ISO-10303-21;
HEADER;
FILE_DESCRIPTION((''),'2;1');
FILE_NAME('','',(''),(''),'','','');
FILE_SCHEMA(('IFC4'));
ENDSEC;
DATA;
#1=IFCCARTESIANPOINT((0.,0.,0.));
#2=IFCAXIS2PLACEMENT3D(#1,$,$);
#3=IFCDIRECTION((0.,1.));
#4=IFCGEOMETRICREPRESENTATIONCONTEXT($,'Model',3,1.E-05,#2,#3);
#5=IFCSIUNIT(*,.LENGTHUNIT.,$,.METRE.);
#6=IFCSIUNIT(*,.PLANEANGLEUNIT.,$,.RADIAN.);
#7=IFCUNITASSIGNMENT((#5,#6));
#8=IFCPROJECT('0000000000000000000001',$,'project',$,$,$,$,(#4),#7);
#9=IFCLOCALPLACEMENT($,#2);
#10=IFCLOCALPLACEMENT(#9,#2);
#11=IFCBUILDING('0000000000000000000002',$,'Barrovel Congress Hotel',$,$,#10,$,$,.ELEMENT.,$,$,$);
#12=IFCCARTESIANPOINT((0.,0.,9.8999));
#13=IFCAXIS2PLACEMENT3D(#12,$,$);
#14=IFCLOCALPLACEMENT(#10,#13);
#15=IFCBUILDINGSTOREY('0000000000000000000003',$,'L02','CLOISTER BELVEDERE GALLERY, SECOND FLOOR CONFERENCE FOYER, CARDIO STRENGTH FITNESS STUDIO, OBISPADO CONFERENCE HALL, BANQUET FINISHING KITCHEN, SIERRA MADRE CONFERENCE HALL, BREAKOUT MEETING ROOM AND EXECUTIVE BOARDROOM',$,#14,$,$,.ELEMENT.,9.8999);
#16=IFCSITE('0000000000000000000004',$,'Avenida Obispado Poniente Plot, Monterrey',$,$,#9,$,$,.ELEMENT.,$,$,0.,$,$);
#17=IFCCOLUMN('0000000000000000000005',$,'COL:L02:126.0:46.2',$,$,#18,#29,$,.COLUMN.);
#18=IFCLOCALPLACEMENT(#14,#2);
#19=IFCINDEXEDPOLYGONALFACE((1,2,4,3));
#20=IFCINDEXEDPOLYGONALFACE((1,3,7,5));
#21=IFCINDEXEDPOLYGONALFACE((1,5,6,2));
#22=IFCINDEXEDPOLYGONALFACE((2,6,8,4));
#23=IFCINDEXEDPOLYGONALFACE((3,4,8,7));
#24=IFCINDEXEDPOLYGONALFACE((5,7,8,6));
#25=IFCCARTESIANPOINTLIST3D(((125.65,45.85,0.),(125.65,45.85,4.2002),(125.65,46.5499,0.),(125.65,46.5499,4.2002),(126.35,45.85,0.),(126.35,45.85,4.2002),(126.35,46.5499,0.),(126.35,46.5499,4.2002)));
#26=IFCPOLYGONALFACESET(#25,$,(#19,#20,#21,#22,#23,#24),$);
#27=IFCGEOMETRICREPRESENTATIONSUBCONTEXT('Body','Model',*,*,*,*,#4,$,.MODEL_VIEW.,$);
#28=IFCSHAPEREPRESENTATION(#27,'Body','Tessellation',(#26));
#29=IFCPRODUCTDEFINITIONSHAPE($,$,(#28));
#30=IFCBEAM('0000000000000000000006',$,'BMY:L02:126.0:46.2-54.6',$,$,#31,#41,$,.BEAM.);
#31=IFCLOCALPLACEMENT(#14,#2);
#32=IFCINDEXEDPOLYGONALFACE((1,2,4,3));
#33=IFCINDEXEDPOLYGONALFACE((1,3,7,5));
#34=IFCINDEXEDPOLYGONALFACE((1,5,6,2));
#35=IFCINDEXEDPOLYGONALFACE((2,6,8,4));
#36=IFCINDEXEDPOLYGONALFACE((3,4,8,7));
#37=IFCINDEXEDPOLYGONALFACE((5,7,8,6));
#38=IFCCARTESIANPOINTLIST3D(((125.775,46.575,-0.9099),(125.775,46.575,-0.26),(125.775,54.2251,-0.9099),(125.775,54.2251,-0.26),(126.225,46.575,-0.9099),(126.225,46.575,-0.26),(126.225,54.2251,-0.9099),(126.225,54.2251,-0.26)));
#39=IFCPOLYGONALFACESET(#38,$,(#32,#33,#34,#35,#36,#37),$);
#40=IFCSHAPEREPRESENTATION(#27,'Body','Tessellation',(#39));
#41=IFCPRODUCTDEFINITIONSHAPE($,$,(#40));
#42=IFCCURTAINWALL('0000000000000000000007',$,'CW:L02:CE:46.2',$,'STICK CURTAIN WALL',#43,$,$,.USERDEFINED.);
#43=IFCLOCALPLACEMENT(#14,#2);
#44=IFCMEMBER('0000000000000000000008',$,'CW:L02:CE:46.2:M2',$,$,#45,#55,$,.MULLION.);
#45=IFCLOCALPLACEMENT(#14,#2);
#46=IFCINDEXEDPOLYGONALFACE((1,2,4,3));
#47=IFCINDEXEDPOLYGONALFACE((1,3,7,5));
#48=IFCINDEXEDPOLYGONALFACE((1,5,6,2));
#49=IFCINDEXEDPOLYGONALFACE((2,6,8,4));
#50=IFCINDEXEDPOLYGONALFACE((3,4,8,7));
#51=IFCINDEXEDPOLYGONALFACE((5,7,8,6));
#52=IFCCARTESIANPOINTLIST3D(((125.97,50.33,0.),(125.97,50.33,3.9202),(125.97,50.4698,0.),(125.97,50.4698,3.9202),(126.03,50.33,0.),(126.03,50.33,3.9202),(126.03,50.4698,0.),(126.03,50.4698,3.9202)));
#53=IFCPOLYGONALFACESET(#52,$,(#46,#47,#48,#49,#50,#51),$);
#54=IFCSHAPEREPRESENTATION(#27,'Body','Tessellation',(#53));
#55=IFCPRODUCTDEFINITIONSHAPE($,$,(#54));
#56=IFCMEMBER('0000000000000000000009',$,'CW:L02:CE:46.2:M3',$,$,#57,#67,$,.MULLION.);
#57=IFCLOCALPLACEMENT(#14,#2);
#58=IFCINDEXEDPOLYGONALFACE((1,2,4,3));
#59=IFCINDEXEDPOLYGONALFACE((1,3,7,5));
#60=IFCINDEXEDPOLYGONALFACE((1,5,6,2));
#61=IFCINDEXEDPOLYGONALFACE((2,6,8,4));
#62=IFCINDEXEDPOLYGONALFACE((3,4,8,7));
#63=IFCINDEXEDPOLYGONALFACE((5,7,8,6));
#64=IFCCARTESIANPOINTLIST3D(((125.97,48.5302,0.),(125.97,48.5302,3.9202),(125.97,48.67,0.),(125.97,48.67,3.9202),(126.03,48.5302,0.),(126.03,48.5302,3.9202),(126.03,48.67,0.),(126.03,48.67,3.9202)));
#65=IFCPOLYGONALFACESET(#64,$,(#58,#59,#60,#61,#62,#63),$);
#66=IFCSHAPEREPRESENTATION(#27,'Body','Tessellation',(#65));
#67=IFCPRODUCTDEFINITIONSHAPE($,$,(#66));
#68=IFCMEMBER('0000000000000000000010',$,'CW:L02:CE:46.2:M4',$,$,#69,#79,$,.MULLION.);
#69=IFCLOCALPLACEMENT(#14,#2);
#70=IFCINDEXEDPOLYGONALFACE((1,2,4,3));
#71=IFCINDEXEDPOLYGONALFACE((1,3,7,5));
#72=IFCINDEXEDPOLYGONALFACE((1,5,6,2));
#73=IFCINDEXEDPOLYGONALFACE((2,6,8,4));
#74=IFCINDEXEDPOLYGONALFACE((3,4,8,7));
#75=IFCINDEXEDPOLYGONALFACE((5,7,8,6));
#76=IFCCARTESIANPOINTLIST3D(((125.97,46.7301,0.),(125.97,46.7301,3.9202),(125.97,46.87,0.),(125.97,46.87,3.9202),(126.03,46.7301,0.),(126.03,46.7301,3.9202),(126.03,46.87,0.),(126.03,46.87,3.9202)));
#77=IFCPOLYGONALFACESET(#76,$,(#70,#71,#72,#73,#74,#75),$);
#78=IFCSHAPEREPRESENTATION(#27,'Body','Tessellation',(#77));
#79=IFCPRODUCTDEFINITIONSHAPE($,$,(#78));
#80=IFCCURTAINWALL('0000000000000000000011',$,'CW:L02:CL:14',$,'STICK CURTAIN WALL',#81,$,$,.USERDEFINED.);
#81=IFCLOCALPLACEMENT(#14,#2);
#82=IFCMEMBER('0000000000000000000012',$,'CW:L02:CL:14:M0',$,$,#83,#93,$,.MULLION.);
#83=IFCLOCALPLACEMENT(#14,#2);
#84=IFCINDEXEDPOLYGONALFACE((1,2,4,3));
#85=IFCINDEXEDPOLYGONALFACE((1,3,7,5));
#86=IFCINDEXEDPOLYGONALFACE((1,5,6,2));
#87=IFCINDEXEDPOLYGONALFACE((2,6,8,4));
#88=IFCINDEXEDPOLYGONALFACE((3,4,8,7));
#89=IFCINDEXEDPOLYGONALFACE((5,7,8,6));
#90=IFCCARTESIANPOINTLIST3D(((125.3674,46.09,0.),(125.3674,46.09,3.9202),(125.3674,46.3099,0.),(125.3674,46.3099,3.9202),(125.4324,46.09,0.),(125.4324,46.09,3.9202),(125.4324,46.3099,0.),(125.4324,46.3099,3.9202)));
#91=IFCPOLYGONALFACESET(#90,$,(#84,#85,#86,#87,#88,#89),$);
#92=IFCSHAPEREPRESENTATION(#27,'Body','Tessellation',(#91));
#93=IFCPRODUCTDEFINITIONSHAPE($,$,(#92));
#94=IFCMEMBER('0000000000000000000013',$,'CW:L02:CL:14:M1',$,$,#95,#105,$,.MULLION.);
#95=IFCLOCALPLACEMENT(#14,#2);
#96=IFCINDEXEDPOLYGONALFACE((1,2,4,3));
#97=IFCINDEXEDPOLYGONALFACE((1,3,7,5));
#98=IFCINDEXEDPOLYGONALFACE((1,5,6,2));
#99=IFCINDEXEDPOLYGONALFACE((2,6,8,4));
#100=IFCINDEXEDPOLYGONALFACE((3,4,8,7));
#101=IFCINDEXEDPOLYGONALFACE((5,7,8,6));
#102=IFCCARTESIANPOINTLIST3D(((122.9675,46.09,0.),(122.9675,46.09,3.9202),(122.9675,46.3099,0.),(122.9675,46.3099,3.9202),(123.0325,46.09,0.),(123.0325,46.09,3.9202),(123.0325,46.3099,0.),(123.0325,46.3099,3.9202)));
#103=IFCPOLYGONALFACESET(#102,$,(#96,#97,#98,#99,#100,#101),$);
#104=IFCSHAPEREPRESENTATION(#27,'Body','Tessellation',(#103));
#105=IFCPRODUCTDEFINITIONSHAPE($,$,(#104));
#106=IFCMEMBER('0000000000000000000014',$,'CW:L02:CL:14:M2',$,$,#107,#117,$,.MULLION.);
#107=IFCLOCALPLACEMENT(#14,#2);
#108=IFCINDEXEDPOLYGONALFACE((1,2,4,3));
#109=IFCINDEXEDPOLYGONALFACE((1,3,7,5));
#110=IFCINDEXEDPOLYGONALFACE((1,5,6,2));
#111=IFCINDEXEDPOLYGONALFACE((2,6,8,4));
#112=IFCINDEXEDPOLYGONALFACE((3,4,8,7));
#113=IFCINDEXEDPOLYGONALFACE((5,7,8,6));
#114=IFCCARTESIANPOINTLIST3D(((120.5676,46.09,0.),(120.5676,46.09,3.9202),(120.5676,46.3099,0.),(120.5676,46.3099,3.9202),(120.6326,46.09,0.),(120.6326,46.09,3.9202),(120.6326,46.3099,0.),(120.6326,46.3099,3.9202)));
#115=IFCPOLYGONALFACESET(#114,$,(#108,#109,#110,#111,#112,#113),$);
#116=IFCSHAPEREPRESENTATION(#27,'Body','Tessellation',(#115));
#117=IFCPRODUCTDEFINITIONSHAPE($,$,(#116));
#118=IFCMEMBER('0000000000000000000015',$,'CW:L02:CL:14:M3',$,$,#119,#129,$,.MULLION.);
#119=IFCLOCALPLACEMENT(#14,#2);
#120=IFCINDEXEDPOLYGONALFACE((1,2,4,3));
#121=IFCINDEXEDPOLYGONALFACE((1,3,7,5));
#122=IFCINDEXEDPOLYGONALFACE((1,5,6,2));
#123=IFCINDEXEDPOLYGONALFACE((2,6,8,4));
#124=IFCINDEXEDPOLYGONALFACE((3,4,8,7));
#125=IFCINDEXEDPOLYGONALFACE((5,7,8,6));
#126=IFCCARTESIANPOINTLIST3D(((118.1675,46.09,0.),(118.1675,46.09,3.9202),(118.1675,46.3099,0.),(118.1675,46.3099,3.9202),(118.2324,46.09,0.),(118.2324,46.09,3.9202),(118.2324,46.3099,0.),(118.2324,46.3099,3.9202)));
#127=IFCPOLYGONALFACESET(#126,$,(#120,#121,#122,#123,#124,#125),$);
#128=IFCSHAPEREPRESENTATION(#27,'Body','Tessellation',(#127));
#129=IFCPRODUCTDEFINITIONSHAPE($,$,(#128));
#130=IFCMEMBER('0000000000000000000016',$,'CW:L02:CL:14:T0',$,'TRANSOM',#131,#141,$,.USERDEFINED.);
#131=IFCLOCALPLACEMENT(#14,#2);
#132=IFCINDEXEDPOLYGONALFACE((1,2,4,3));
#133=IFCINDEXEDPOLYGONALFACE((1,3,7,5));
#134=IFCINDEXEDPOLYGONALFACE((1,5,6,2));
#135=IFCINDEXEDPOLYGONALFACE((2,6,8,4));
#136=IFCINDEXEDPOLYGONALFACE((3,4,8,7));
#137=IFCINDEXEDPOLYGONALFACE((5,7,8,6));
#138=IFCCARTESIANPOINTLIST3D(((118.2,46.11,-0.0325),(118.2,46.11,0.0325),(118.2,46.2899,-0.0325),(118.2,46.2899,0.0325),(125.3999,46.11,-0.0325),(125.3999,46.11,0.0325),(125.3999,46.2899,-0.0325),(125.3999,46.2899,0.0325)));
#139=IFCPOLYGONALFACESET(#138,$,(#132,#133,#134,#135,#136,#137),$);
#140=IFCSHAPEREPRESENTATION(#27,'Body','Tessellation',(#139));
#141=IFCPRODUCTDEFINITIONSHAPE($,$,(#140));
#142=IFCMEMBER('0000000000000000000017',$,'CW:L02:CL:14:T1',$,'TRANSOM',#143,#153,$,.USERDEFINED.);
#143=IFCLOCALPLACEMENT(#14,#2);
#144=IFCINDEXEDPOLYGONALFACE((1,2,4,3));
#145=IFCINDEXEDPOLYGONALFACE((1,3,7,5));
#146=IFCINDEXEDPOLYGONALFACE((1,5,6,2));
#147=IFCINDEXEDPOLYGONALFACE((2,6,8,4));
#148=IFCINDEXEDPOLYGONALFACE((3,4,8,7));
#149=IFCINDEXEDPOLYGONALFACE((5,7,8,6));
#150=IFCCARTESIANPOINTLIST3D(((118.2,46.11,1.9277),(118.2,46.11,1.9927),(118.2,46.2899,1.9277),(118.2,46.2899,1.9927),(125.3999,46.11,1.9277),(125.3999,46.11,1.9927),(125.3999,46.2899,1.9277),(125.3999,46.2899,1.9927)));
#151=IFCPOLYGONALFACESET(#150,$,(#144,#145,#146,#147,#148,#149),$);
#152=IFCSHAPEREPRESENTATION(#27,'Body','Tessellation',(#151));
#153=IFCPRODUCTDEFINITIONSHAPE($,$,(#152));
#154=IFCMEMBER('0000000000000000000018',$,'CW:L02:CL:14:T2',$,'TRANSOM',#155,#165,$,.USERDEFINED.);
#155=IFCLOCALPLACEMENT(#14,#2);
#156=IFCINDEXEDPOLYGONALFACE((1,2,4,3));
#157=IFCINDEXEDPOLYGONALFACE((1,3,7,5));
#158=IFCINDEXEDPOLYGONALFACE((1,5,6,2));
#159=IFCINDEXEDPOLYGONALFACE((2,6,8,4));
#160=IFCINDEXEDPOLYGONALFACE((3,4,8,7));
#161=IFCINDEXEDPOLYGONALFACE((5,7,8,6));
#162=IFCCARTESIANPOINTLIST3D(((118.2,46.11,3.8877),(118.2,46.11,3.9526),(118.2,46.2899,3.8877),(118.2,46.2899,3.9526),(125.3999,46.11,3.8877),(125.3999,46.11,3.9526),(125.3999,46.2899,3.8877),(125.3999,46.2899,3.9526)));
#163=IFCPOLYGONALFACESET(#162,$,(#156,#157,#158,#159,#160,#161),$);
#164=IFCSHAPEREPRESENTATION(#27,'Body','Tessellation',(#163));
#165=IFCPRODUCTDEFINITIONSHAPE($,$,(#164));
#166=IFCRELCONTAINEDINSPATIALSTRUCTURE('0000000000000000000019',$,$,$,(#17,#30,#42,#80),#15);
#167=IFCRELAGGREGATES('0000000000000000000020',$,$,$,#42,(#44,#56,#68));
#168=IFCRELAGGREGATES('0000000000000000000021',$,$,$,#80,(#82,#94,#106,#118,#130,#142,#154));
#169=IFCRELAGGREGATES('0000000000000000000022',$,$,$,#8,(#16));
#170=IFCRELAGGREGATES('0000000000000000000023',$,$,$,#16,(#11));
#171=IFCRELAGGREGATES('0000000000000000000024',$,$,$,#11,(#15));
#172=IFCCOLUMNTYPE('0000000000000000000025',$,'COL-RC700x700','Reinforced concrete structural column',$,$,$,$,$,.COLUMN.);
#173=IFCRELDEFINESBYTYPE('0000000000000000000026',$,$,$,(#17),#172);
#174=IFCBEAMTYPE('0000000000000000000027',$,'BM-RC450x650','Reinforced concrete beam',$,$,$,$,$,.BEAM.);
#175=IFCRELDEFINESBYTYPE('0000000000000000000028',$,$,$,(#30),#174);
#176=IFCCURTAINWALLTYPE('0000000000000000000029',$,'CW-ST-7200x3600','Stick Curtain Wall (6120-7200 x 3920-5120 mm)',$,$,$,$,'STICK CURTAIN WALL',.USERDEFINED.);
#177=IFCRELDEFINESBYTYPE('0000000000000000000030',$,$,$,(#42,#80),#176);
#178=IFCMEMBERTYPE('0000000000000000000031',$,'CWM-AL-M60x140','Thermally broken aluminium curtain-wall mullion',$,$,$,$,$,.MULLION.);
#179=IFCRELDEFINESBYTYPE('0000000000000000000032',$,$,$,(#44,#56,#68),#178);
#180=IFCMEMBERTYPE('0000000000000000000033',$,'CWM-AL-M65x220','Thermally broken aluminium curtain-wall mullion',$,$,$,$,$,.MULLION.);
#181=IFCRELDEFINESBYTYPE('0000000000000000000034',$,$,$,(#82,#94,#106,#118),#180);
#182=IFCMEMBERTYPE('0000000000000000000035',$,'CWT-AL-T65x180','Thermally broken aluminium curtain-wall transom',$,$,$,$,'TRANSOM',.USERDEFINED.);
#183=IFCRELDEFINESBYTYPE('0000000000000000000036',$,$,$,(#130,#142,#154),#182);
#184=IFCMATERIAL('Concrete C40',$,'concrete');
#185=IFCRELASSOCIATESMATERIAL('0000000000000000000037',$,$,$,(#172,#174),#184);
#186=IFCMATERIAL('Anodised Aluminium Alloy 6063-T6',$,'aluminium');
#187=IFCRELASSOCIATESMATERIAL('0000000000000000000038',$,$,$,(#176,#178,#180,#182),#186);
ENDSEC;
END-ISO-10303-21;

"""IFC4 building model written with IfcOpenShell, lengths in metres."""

from ifc_helpers import new_model, si_unit, direction, frame, origin, origin_2d, place, context, subcontext, project, spatial, rectangle, extrude, material, material_profile, profile_set, type_object, element, aggregate, save


model = new_model("IFC4")

# Units and contexts
model_context = context("Model", 3, precision=1e-05, world=origin(), true_north=direction((0.0, 1.0)))
body_context = subcontext(model_context, "Body", "Model", "MODEL_VIEW")
ifc_project = project(units=[si_unit("LENGTHUNIT", "METRE"), si_unit("PLANEANGLEUNIT", "RADIAN")], contexts=[model_context])

# Site, building, storey
site_placement = place(None, origin())
site = spatial("IfcSite", under=ifc_project, at=site_placement, Name="Avenida Obispado Poniente Plot, Monterrey", CompositionType="ELEMENT", RefElevation=0.0)
building_placement = place(site_placement, origin())
building = spatial("IfcBuilding", under=site, at=building_placement, Name="Barrovel Congress Hotel", CompositionType="ELEMENT")
storey_placement = place(building_placement, frame((0.0, 0.0, 9.8999)))
storey = spatial("IfcBuildingStorey", under=building, at=storey_placement, Name="L02", Description="CLOISTER BELVEDERE GALLERY, SECOND FLOOR CONFERENCE FOYER, CARDIO STRENGTH FITNESS STUDIO, OBISPADO CONFERENCE HALL, BANQUET FINISHING KITCHEN, SIERRA MADRE CONFERENCE HALL, BREAKOUT MEETING ROOM AND EXECUTIVE BOARDROOM", CompositionType="ELEMENT", Elevation=9.8999)

# Column
ifc_material_1 = material(Name="Concrete C40", Category="concrete")
ifc_material_profile_1 = material_profile(ifc_material_1, rectangle(XDim=0.7, YDim=0.7, at=origin_2d()), Name="RC700x700")
ifc_profile_set_1 = profile_set([ifc_material_profile_1], Name="Concrete C40")
column_type = type_object("IfcColumnType", Name="COL-RC700x700", Description="Reinforced concrete structural column", PredefinedType="COLUMN", material=ifc_profile_set_1)
column_placement = place(storey_placement, frame((126.0, 46.2, 0.0), z_axis=(0.0, 0.0, 1.0), x_axis=(1.0, 0.0, 0.0)))
element("IfcColumn", 1, at=column_placement, inside=storey, type_object=column_type, Name="COL:L02:126.0:46.2", PredefinedType="COLUMN", context=body_context, shape_type="SweptSolid", body=[
    extrude(rectangle(XDim=0.7, YDim=0.7, at=origin_2d()), origin(), (0.0, 0.0, 1.0), 4.2002),
])

# Beam
ifc_material_profile_2 = material_profile(ifc_material_1, rectangle(XDim=0.45, YDim=0.6499, at=origin_2d()), Name="RC450x650")
ifc_profile_set_2 = profile_set([ifc_material_profile_2], Name="Concrete C40")
beam_type_1 = type_object("IfcBeamType", Name="BM-RC450x650", Description="Reinforced concrete beam", PredefinedType="BEAM", material=ifc_profile_set_2)
beam_1_placement = place(storey_placement, frame((126.0, 46.575, -0.585), z_axis=(0.0, 1.0, 0.0), x_axis=(-1.0, 0.0, 0.0)))
element("IfcBeam", 2, at=beam_1_placement, inside=storey, type_object=beam_type_1, Name="BMY:L02:126.0:46.2-54.6", PredefinedType="BEAM", context=body_context, shape_type="SweptSolid", body=[
    extrude(rectangle(XDim=0.45, YDim=0.6499, at=origin_2d()), origin(), (0.0, 0.0, 1.0), 7.6501),
])

# Curtain walls, members
ifc_material_2 = material(Name="Anodised Aluminium Alloy 6063-T6", Category="aluminium")
curtain_wall_type = type_object("IfcCurtainWallType", Name="CW-ST-7200x3600", Description="Stick Curtain Wall (6120-7200 x 3920-5120 mm)", ElementType="STICK CURTAIN WALL", PredefinedType="USERDEFINED", material=ifc_material_2)
curtain_wall_1_placement = place(storey_placement, origin())
curtain_wall_1 = element("IfcCurtainWall", 3, at=curtain_wall_1_placement, inside=storey, type_object=curtain_wall_type, Name="CW:L02:CE:46.2", ObjectType="STICK CURTAIN WALL", PredefinedType="USERDEFINED")
ifc_material_profile_3 = material_profile(ifc_material_2, rectangle(XDim=0.0601, YDim=0.1399, at=origin_2d()), Name="AL-M60x140")
ifc_profile_set_3 = profile_set([ifc_material_profile_3], Name="Anodised Aluminium Alloy 6063-T6")
member_type_1 = type_object("IfcMemberType", Name="CWM-AL-M60x140", Description="Thermally broken aluminium curtain-wall mullion", PredefinedType="MULLION", material=ifc_profile_set_3)
member_1_placement = place(storey_placement, frame((126.0, 50.3999, 0.0), z_axis=(0.0, 0.0, 1.0), x_axis=(1.0, 0.0, 0.0)))
member_1 = element("IfcMember", 4, at=member_1_placement, type_object=member_type_1, Name="CW:L02:CE:46.2:M2", PredefinedType="MULLION", context=body_context, shape_type="SweptSolid", body=[
    extrude(rectangle(XDim=0.0601, YDim=0.1399, at=origin_2d()), origin(), (0.0, 0.0, 1.0), 3.9202),
])
member_2_placement = place(storey_placement, frame((126.0, 48.6001, 0.0), z_axis=(0.0, 0.0, 1.0), x_axis=(1.0, 0.0, 0.0)))
member_2 = element("IfcMember", 5, at=member_2_placement, type_object=member_type_1, Name="CW:L02:CE:46.2:M3", PredefinedType="MULLION", context=body_context, shape_type="SweptSolid", body=[
    extrude(rectangle(XDim=0.0601, YDim=0.1399, at=origin_2d()), origin(), (0.0, 0.0, 1.0), 3.9202),
])
member_3_placement = place(storey_placement, frame((126.0, 46.8, 0.0), z_axis=(0.0, 0.0, 1.0), x_axis=(1.0, 0.0, 0.0)))
member_3 = element("IfcMember", 6, at=member_3_placement, type_object=member_type_1, Name="CW:L02:CE:46.2:M4", PredefinedType="MULLION", context=body_context, shape_type="SweptSolid", body=[
    extrude(rectangle(XDim=0.0601, YDim=0.1399, at=origin_2d()), origin(), (0.0, 0.0, 1.0), 3.9202),
])
curtain_wall_2_placement = place(storey_placement, origin())
curtain_wall_2 = element("IfcCurtainWall", 7, at=curtain_wall_2_placement, inside=storey, type_object=curtain_wall_type, Name="CW:L02:CL:14", ObjectType="STICK CURTAIN WALL", PredefinedType="USERDEFINED")
ifc_material_profile_4 = material_profile(ifc_material_2, rectangle(XDim=0.0649, YDim=0.22, at=origin_2d()), Name="AL-M65x220")
ifc_profile_set_4 = profile_set([ifc_material_profile_4], Name="Anodised Aluminium Alloy 6063-T6")
member_type_2 = type_object("IfcMemberType", Name="CWM-AL-M65x220", Description="Thermally broken aluminium curtain-wall mullion", PredefinedType="MULLION", material=ifc_profile_set_4)
member_4_placement = place(storey_placement, frame((125.3999, 46.2, 0.0), z_axis=(0.0, 0.0, 1.0), x_axis=(1.0, 0.0, 0.0)))
member_4 = element("IfcMember", 8, at=member_4_placement, type_object=member_type_2, Name="CW:L02:CL:14:M0", PredefinedType="MULLION", context=body_context, shape_type="SweptSolid", body=[
    extrude(rectangle(XDim=0.0649, YDim=0.22, at=origin_2d()), origin(), (0.0, 0.0, 1.0), 3.9202),
])
member_5_placement = place(storey_placement, frame((123.0, 46.2, 0.0), z_axis=(0.0, 0.0, 1.0), x_axis=(1.0, 0.0, 0.0)))
member_5 = element("IfcMember", 9, at=member_5_placement, type_object=member_type_2, Name="CW:L02:CL:14:M1", PredefinedType="MULLION", context=body_context, shape_type="SweptSolid", body=[
    extrude(rectangle(XDim=0.0649, YDim=0.22, at=origin_2d()), origin(), (0.0, 0.0, 1.0), 3.9202),
])
member_6_placement = place(storey_placement, frame((120.6001, 46.2, 0.0), z_axis=(0.0, 0.0, 1.0), x_axis=(1.0, 0.0, 0.0)))
member_6 = element("IfcMember", 10, at=member_6_placement, type_object=member_type_2, Name="CW:L02:CL:14:M2", PredefinedType="MULLION", context=body_context, shape_type="SweptSolid", body=[
    extrude(rectangle(XDim=0.0649, YDim=0.22, at=origin_2d()), origin(), (0.0, 0.0, 1.0), 3.9202),
])
member_7_placement = place(storey_placement, frame((118.2, 46.2, 0.0), z_axis=(0.0, 0.0, 1.0), x_axis=(1.0, 0.0, 0.0)))
member_7 = element("IfcMember", 11, at=member_7_placement, type_object=member_type_2, Name="CW:L02:CL:14:M3", PredefinedType="MULLION", context=body_context, shape_type="SweptSolid", body=[
    extrude(rectangle(XDim=0.0649, YDim=0.22, at=origin_2d()), origin(), (0.0, 0.0, 1.0), 3.9202),
])
ifc_material_profile_5 = material_profile(ifc_material_2, rectangle(XDim=0.1799, YDim=0.0649, at=origin_2d()), Name="AL-T65x180")
ifc_profile_set_5 = profile_set([ifc_material_profile_5], Name="Anodised Aluminium Alloy 6063-T6")
member_type_3 = type_object("IfcMemberType", Name="CWT-AL-T65x180", Description="Thermally broken aluminium curtain-wall transom", ElementType="TRANSOM", PredefinedType="USERDEFINED", material=ifc_profile_set_5)
member_8_placement = place(storey_placement, frame((125.3999, 46.2, 0.0), z_axis=(-1.0, 0.0, 0.0), x_axis=(0.0, -1.0, 0.0)))
member_8 = element("IfcMember", 12, at=member_8_placement, type_object=member_type_3, Name="CW:L02:CL:14:T0", ObjectType="TRANSOM", PredefinedType="USERDEFINED", context=body_context, shape_type="SweptSolid", body=[
    extrude(rectangle(XDim=0.1799, YDim=0.0649, at=origin_2d()), origin(), (0.0, 0.0, 1.0), 7.2),
])
member_9_placement = place(storey_placement, frame((125.3999, 46.2, 1.9602), z_axis=(-1.0, 0.0, 0.0), x_axis=(0.0, -1.0, 0.0)))
member_9 = element("IfcMember", 13, at=member_9_placement, type_object=member_type_3, Name="CW:L02:CL:14:T1", ObjectType="TRANSOM", PredefinedType="USERDEFINED", context=body_context, shape_type="SweptSolid", body=[
    extrude(rectangle(XDim=0.1799, YDim=0.0649, at=origin_2d()), origin(), (0.0, 0.0, 1.0), 7.2),
])
member_10_placement = place(storey_placement, frame((125.3999, 46.2, 3.9202), z_axis=(-1.0, 0.0, 0.0), x_axis=(0.0, -1.0, 0.0)))
member_10 = element("IfcMember", 14, at=member_10_placement, type_object=member_type_3, Name="CW:L02:CL:14:T2", ObjectType="TRANSOM", PredefinedType="USERDEFINED", context=body_context, shape_type="SweptSolid", body=[
    extrude(rectangle(XDim=0.1799, YDim=0.0649, at=origin_2d()), origin(), (0.0, 0.0, 1.0), 7.2),
])

aggregate(curtain_wall_1, [member_1, member_2, member_3])
aggregate(curtain_wall_2, [member_4, member_5, member_6, member_7, member_8, member_9, member_10])

save(model, "model.ifc")
